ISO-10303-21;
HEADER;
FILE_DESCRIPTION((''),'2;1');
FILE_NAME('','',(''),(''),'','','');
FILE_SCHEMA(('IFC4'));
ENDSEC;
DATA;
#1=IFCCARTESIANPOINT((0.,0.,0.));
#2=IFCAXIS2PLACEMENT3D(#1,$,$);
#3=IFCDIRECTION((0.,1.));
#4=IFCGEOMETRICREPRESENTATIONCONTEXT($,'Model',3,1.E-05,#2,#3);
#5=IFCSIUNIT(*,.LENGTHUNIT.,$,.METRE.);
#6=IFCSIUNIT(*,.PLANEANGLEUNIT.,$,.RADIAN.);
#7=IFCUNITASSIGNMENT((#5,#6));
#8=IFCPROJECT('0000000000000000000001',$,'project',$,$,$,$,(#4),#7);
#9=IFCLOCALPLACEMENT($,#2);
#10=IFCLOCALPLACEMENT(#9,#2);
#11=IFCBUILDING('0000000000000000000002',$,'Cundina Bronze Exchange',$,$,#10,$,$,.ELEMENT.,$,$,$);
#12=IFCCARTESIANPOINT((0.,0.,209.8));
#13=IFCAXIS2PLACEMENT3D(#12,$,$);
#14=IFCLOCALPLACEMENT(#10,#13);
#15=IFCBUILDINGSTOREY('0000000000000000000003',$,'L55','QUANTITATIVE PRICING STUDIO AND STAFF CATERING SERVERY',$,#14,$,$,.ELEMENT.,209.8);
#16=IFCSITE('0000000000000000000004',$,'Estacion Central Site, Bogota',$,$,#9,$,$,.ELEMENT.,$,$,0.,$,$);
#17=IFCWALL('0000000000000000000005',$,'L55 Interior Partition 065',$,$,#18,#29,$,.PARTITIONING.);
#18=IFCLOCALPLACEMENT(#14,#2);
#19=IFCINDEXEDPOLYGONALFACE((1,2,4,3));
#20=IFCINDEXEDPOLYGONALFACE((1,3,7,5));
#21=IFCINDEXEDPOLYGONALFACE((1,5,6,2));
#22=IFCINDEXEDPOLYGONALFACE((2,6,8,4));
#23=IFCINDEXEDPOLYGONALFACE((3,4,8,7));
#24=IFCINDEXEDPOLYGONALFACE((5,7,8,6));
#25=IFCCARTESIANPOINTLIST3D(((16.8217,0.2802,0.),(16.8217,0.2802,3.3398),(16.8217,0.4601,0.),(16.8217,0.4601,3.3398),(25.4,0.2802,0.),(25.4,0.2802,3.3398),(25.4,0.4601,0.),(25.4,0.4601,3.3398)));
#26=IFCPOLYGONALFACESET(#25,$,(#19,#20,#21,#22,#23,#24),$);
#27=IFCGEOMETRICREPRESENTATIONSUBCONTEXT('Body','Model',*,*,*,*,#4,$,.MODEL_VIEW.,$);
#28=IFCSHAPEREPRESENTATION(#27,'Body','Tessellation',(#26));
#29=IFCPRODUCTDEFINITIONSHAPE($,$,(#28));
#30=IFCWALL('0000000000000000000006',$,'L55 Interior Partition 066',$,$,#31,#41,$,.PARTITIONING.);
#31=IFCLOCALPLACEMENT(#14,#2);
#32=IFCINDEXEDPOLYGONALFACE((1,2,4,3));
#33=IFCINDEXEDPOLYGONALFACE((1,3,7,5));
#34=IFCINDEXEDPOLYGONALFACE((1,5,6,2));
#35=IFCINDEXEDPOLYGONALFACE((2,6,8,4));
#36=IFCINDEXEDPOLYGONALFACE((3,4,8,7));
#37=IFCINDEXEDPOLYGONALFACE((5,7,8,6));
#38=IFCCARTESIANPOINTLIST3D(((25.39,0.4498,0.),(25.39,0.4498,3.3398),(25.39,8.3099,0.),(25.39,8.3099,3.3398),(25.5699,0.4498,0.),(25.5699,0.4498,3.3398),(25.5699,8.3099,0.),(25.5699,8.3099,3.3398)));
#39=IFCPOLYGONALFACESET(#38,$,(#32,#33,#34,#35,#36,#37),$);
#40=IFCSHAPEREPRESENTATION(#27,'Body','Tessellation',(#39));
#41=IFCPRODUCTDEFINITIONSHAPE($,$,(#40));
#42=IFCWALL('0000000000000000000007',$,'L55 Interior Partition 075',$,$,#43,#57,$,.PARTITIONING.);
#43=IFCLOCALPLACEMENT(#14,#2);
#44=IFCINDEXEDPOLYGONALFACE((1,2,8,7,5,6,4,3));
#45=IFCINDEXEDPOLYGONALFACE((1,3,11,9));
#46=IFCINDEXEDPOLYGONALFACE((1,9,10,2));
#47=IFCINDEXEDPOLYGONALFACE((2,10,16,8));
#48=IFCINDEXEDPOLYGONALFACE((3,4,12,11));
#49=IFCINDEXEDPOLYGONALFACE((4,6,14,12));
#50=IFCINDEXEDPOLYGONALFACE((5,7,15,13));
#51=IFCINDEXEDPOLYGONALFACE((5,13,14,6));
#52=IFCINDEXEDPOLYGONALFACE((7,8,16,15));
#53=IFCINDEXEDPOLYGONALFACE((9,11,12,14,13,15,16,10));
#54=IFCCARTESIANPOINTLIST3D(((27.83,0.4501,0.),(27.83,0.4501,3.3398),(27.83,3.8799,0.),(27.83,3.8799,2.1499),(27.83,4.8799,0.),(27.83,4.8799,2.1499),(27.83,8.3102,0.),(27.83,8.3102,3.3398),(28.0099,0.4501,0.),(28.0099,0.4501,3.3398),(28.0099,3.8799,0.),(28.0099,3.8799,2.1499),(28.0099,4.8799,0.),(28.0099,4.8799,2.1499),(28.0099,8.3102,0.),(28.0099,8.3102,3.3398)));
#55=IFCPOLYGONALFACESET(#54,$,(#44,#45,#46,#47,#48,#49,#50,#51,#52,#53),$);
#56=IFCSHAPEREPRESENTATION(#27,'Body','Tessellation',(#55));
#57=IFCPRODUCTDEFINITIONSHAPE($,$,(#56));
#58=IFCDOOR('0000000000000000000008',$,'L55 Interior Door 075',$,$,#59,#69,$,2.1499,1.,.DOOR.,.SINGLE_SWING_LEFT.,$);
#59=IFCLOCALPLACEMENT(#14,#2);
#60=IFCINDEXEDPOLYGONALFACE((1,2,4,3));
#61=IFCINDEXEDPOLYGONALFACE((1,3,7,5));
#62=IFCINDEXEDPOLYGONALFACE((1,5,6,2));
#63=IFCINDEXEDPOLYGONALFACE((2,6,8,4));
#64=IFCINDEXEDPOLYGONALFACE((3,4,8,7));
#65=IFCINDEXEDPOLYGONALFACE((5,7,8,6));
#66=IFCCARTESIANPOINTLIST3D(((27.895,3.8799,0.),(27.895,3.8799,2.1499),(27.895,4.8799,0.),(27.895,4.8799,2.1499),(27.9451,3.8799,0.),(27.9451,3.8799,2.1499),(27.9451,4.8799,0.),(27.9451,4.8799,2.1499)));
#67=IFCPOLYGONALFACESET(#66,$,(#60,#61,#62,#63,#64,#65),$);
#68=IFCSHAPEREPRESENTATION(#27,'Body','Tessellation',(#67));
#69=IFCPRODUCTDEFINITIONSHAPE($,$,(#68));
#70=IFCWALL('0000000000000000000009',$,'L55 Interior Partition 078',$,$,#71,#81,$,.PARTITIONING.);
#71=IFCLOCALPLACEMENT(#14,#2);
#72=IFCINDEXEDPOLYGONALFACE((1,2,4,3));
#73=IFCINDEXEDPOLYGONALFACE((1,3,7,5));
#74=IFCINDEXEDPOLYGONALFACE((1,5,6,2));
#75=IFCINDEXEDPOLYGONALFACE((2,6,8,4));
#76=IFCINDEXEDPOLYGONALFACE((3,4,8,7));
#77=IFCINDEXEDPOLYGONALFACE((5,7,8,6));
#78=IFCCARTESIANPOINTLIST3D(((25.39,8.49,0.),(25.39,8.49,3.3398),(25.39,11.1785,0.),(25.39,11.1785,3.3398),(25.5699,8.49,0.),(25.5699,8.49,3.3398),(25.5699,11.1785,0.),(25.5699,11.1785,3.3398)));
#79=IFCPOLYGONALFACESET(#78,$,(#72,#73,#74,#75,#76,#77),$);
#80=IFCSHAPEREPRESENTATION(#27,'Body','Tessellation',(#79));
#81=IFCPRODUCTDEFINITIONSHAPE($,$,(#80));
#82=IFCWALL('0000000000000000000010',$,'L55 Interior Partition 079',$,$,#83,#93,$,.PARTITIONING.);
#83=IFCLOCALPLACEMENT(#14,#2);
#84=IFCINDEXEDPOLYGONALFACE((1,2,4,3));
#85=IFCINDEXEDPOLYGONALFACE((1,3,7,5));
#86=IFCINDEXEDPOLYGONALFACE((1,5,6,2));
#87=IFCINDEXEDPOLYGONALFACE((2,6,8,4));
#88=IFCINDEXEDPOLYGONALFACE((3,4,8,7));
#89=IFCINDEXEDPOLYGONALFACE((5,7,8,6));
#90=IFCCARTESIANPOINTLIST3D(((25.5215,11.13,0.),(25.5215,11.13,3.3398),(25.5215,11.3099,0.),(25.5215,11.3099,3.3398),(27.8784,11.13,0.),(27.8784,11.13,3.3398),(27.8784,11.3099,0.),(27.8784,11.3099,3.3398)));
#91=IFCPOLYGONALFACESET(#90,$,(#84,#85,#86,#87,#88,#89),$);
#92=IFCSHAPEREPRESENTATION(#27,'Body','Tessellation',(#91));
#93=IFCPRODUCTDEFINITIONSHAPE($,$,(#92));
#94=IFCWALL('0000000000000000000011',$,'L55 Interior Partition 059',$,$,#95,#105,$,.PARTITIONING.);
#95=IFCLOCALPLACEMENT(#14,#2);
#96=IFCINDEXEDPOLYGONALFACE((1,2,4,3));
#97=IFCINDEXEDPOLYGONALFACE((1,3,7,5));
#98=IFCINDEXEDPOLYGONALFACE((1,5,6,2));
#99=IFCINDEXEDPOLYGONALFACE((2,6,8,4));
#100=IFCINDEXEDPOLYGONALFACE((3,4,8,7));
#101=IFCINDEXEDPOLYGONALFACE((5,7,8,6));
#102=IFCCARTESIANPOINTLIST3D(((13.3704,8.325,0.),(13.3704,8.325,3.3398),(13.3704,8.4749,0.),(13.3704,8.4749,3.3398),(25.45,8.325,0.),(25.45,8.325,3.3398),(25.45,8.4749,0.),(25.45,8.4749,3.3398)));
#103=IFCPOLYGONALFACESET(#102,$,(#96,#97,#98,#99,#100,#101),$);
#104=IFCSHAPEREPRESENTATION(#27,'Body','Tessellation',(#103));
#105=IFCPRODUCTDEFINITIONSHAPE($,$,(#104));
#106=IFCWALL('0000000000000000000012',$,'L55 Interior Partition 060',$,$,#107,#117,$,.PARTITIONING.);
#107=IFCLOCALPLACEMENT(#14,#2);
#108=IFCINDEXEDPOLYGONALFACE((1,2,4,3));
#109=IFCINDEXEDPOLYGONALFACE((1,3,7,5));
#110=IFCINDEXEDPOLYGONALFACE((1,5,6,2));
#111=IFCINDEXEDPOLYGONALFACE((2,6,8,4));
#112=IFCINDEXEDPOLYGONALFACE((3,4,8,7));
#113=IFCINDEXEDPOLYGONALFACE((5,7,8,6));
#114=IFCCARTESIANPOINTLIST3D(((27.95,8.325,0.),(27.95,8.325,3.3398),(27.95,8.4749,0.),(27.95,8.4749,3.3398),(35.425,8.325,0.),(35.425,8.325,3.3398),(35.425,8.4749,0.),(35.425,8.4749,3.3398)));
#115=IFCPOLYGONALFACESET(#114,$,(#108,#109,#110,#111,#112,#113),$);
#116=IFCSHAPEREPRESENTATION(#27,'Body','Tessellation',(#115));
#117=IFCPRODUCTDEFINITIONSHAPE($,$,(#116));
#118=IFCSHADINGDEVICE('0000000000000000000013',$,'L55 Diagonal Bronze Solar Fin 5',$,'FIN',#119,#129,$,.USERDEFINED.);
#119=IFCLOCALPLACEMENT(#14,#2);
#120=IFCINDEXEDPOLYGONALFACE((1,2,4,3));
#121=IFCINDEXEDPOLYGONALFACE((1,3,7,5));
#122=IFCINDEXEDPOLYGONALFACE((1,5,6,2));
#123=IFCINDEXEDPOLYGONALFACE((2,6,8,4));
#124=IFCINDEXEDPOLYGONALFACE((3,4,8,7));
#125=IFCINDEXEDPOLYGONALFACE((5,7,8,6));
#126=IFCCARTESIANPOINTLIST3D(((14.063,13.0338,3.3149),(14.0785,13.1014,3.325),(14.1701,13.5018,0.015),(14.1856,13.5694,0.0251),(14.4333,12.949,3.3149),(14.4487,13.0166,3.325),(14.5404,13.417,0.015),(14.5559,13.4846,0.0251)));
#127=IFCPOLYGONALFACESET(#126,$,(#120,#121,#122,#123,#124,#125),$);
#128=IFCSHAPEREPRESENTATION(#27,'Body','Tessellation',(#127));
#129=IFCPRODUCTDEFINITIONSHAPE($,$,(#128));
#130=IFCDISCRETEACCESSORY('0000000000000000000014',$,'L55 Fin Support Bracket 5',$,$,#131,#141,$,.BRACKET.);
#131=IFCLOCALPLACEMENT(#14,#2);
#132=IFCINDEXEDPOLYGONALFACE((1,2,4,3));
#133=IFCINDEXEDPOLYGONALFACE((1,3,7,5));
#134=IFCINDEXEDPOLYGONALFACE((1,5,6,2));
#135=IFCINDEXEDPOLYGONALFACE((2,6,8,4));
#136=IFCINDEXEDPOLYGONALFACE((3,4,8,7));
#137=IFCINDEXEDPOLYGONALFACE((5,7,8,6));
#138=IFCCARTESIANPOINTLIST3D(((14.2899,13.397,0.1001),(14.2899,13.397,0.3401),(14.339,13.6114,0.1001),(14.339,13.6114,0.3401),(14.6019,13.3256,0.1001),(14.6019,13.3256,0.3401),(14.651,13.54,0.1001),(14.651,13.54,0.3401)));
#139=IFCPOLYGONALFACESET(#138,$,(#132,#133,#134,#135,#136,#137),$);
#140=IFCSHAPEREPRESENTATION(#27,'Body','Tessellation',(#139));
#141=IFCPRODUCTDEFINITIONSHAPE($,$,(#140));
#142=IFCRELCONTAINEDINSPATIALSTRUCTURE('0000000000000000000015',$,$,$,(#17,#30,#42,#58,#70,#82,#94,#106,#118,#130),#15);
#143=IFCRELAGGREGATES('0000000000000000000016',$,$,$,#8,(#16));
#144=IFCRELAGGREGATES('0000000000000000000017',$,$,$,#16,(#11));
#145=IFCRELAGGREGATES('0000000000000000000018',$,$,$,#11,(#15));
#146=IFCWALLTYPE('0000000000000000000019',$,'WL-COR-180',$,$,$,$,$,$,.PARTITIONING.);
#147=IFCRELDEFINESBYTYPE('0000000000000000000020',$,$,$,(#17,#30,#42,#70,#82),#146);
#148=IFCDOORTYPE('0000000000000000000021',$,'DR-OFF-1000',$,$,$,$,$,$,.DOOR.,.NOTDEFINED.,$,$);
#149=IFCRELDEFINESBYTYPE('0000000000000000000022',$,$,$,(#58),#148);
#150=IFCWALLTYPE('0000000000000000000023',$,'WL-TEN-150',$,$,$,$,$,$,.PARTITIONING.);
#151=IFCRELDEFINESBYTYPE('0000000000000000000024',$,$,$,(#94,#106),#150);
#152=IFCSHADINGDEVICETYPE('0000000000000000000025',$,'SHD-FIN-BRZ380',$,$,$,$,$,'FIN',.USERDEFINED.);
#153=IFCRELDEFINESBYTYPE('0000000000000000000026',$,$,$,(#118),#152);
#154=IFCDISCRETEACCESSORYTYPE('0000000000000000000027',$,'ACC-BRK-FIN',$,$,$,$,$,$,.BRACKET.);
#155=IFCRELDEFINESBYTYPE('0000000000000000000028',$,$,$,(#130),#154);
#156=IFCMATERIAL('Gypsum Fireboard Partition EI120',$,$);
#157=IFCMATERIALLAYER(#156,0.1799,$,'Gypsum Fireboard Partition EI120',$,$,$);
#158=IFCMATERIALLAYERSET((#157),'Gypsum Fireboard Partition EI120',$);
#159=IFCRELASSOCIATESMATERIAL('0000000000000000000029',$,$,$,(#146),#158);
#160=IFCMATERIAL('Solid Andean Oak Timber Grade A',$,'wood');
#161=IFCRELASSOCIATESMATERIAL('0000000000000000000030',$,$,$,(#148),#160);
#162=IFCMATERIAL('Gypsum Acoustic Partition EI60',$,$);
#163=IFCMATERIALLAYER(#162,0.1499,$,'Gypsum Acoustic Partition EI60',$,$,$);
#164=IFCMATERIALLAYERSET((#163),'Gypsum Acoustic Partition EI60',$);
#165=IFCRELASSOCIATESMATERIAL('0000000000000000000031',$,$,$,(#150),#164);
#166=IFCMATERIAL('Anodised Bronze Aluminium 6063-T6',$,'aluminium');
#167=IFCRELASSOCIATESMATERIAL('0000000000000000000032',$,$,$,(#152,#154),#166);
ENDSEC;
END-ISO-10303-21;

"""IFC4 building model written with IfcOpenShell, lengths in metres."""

from ifc_helpers import new_model, si_unit, direction, frame, frame_2d, origin, origin_2d, place, context, subcontext, project, spatial, rectangle, extrude, material, layer, layer_set, material_profile, profile_set, type_object, element, fill, save


model = new_model("IFC4")

# Units and contexts
model_context = context("Model", 3, precision=1e-05, world=origin(), true_north=direction((0.0, 1.0)))
body_context = subcontext(model_context, "Body", "Model", "MODEL_VIEW")
ifc_project = project(units=[si_unit("LENGTHUNIT", "METRE"), si_unit("PLANEANGLEUNIT", "RADIAN")], contexts=[model_context])

# Site, building, storey
site_placement = place(None, origin())
site = spatial("IfcSite", under=ifc_project, at=site_placement, Name="Estacion Central Site, Bogota", CompositionType="ELEMENT", RefElevation=0.0)
building_placement = place(site_placement, origin())
building = spatial("IfcBuilding", under=site, at=building_placement, Name="Cundina Bronze Exchange", CompositionType="ELEMENT")
storey_placement = place(building_placement, frame((0.0, 0.0, 209.8)))
storey = spatial("IfcBuildingStorey", under=building, at=storey_placement, Name="L55", Description="QUANTITATIVE PRICING STUDIO AND STAFF CATERING SERVERY", CompositionType="ELEMENT", Elevation=209.8)

# Shared definitions
ifc_material_1 = material(Name="Anodised Bronze Aluminium 6063-T6", Category="aluminium")

# Walls
ifc_material_2 = material(Name="Gypsum Fireboard Partition EI120")
ifc_layer_1 = layer(ifc_material_2, 0.1799, Name="Gypsum Fireboard Partition EI120")
ifc_layer_set_1 = layer_set([ifc_layer_1], Name="Gypsum Fireboard Partition EI120")
wall_type_1 = type_object("IfcWallType", Name="WL-COR-180", PredefinedType="PARTITIONING", material=ifc_layer_set_1)
wall_1_placement = place(storey_placement, frame((25.3999, 0.3701, 0.0), z_axis=(0.0, 0.0, 1.0), x_axis=(-1.0, 0.0, 0.0)))
element("IfcWall", 1, at=wall_1_placement, inside=storey, type_object=wall_type_1, Name="L55 Interior Partition 065", PredefinedType="PARTITIONING", context=body_context, shape_type="SweptSolid", body=[
    extrude(rectangle(XDim=8.5784, YDim=0.1799, at=frame_2d((4.2891, 0.0))), origin(), (0.0, 0.0, 1.0), 3.3398),
])
wall_2_placement = place(storey_placement, frame((25.48, 8.3101, 0.0), z_axis=(0.0, 0.0, 1.0), x_axis=(0.0, -1.0, 0.0)))
element("IfcWall", 2, at=wall_2_placement, inside=storey, type_object=wall_type_1, Name="L55 Interior Partition 066", PredefinedType="PARTITIONING", context=body_context, shape_type="SweptSolid", body=[
    extrude(rectangle(XDim=7.8601, YDim=0.1799, at=frame_2d((3.9302, 0.0))), origin(), (0.0, 0.0, 1.0), 3.3398),
])

# Wall, opening, door
wall_3_placement = place(storey_placement, frame((27.9199, 0.45, 0.0), z_axis=(0.0, 0.0, 1.0), x_axis=(0.0, 1.0, 0.0)))
wall_3 = element("IfcWall", 3, at=wall_3_placement, inside=storey, type_object=wall_type_1, Name="L55 Interior Partition 075", PredefinedType="PARTITIONING", context=body_context, shape_type="SweptSolid", body=[
    extrude(rectangle(XDim=7.8601, YDim=0.1799, at=frame_2d((3.9302, 0.0))), origin(), (0.0, 0.0, 1.0), 3.3398),
])
opening_1_placement = place(wall_3_placement, frame((3.4299, 0.0, 0.0)))
opening_1 = element("IfcOpeningElement", 4, at=opening_1_placement, cuts=wall_3, PredefinedType="OPENING", context=body_context, shape_type="SweptSolid", body=[
    extrude(rectangle(XDim=1.0, YDim=2.1499, at=frame_2d((0.5, 1.075))), frame((0.0, 0.0999, 0.0), z_axis=(0.0, -1.0, 0.0), x_axis=(1.0, 0.0, 0.0)), (0.0, 0.0, 1.0), 0.2),
])
ifc_material_3 = material(Name="Solid Andean Oak Timber Grade A", Category="wood")
door_type = type_object("IfcDoorType", Name="DR-OFF-1000", OperationType="NOTDEFINED", PredefinedType="DOOR", material=ifc_material_3)
door_1_placement = place(opening_1_placement, origin())
door_1 = element("IfcDoor", 5, at=door_1_placement, inside=storey, type_object=door_type, Name="L55 Interior Door 075", OperationType="SINGLE_SWING_LEFT", OverallHeight=2.1499, OverallWidth=1.0, PredefinedType="DOOR", context=body_context, shape_type="SweptSolid", body=[
    extrude(rectangle(XDim=1.0, YDim=2.1499, at=frame_2d((0.5, 1.075))), frame((0.0, 0.0249, 0.0), z_axis=(0.0, -1.0, 0.0), x_axis=(1.0, 0.0, 0.0)), (0.0, 0.0, 1.0), 0.05),
])
fill(opening_1, door_1)

# Walls
wall_4_placement = place(storey_placement, frame((25.48, 11.1785, 0.0), z_axis=(0.0, 0.0, 1.0), x_axis=(0.0, -1.0, 0.0)))
element("IfcWall", 6, at=wall_4_placement, inside=storey, type_object=wall_type_1, Name="L55 Interior Partition 078", PredefinedType="PARTITIONING", context=body_context, shape_type="SweptSolid", body=[
    extrude(rectangle(XDim=2.6885, YDim=0.1799, at=frame_2d((1.3442, 0.0))), origin(), (0.0, 0.0, 1.0), 3.3398),
])
wall_5_placement = place(storey_placement, frame((27.8784, 11.22, 0.0), z_axis=(0.0, 0.0, 1.0), x_axis=(-1.0, 0.0, 0.0)))
element("IfcWall", 7, at=wall_5_placement, inside=storey, type_object=wall_type_1, Name="L55 Interior Partition 079", PredefinedType="PARTITIONING", context=body_context, shape_type="SweptSolid", body=[
    extrude(rectangle(XDim=2.3569, YDim=0.1799, at=frame_2d((1.1785, 0.0))), origin(), (0.0, 0.0, 1.0), 3.3398),
])
ifc_material_4 = material(Name="Gypsum Acoustic Partition EI60")
ifc_layer_2 = layer(ifc_material_4, 0.1499, Name="Gypsum Acoustic Partition EI60")
ifc_layer_set_2 = layer_set([ifc_layer_2], Name="Gypsum Acoustic Partition EI60")
wall_type_2 = type_object("IfcWallType", Name="WL-TEN-150", PredefinedType="PARTITIONING", material=ifc_layer_set_2)
wall_6_placement = place(storey_placement, frame((13.3704, 8.3999, 0.0), z_axis=(0.0, 0.0, 1.0), x_axis=(1.0, 0.0, 0.0)))
element("IfcWall", 8, at=wall_6_placement, inside=storey, type_object=wall_type_2, Name="L55 Interior Partition 059", PredefinedType="PARTITIONING", context=body_context, shape_type="SweptSolid", body=[
    extrude(rectangle(XDim=12.0796, YDim=0.1499, at=frame_2d((6.0398, 0.0))), origin(), (0.0, 0.0, 1.0), 3.3398),
])
wall_7_placement = place(storey_placement, frame((27.95, 8.3999, 0.0), z_axis=(0.0, 0.0, 1.0), x_axis=(1.0, 0.0, 0.0)))
element("IfcWall", 9, at=wall_7_placement, inside=storey, type_object=wall_type_2, Name="L55 Interior Partition 060", PredefinedType="PARTITIONING", context=body_context, shape_type="SweptSolid", body=[
    extrude(rectangle(XDim=7.4751, YDim=0.1499, at=frame_2d((3.7375, 0.0))), origin(), (0.0, 0.0, 1.0), 3.3398),
])

# Shading device
ifc_material_profile_1 = material_profile(ifc_material_1, rectangle(XDim=0.0701, YDim=0.3799, at=origin_2d()), Name="FIN70X380", Category="aluminium")
ifc_profile_set_1 = profile_set([ifc_material_profile_1], Name="Anodised Bronze Aluminium 6063-T6")
shading_device_type = type_object("IfcShadingDeviceType", Name="SHD-FIN-BRZ380", ElementType="FIN", PredefinedType="USERDEFINED", material=ifc_profile_set_1)
shading_device_placement = place(storey_placement, frame((14.363, 13.4932, 0.02), z_axis=(-0.032139, -0.140344, 0.989581), x_axis=(0.220899, 0.964611, 0.143977)))
element("IfcShadingDevice", 10, at=shading_device_placement, inside=storey, type_object=shading_device_type, Name="L55 Diagonal Bronze Solar Fin 5", ObjectType="FIN", PredefinedType="USERDEFINED", context=body_context, shape_type="SweptSolid", body=[
    extrude(rectangle(XDim=0.0701, YDim=0.3799, at=origin_2d()), origin(), (0.0, 0.0, 1.0), 3.3347),
])

# Discrete accessory
discrete_accessory_type = type_object("IfcDiscreteAccessoryType", Name="ACC-BRK-FIN", PredefinedType="BRACKET", material=ifc_material_1)
discrete_accessory_placement = place(storey_placement, frame((14.4705, 13.4685, 0.1001), z_axis=(0.0, 0.0, 1.0), x_axis=(-0.223284, -0.974753, 0.0)))
element("IfcDiscreteAccessory", 11, at=discrete_accessory_placement, inside=storey, type_object=discrete_accessory_type, Name="L55 Fin Support Bracket 5", PredefinedType="BRACKET", context=body_context, shape_type="SweptSolid", body=[
    extrude(rectangle(XDim=0.22, YDim=0.3201, at=origin_2d()), origin(), (0.0, 0.0, 1.0), 0.24),
])

save(model, "model.ifc")
